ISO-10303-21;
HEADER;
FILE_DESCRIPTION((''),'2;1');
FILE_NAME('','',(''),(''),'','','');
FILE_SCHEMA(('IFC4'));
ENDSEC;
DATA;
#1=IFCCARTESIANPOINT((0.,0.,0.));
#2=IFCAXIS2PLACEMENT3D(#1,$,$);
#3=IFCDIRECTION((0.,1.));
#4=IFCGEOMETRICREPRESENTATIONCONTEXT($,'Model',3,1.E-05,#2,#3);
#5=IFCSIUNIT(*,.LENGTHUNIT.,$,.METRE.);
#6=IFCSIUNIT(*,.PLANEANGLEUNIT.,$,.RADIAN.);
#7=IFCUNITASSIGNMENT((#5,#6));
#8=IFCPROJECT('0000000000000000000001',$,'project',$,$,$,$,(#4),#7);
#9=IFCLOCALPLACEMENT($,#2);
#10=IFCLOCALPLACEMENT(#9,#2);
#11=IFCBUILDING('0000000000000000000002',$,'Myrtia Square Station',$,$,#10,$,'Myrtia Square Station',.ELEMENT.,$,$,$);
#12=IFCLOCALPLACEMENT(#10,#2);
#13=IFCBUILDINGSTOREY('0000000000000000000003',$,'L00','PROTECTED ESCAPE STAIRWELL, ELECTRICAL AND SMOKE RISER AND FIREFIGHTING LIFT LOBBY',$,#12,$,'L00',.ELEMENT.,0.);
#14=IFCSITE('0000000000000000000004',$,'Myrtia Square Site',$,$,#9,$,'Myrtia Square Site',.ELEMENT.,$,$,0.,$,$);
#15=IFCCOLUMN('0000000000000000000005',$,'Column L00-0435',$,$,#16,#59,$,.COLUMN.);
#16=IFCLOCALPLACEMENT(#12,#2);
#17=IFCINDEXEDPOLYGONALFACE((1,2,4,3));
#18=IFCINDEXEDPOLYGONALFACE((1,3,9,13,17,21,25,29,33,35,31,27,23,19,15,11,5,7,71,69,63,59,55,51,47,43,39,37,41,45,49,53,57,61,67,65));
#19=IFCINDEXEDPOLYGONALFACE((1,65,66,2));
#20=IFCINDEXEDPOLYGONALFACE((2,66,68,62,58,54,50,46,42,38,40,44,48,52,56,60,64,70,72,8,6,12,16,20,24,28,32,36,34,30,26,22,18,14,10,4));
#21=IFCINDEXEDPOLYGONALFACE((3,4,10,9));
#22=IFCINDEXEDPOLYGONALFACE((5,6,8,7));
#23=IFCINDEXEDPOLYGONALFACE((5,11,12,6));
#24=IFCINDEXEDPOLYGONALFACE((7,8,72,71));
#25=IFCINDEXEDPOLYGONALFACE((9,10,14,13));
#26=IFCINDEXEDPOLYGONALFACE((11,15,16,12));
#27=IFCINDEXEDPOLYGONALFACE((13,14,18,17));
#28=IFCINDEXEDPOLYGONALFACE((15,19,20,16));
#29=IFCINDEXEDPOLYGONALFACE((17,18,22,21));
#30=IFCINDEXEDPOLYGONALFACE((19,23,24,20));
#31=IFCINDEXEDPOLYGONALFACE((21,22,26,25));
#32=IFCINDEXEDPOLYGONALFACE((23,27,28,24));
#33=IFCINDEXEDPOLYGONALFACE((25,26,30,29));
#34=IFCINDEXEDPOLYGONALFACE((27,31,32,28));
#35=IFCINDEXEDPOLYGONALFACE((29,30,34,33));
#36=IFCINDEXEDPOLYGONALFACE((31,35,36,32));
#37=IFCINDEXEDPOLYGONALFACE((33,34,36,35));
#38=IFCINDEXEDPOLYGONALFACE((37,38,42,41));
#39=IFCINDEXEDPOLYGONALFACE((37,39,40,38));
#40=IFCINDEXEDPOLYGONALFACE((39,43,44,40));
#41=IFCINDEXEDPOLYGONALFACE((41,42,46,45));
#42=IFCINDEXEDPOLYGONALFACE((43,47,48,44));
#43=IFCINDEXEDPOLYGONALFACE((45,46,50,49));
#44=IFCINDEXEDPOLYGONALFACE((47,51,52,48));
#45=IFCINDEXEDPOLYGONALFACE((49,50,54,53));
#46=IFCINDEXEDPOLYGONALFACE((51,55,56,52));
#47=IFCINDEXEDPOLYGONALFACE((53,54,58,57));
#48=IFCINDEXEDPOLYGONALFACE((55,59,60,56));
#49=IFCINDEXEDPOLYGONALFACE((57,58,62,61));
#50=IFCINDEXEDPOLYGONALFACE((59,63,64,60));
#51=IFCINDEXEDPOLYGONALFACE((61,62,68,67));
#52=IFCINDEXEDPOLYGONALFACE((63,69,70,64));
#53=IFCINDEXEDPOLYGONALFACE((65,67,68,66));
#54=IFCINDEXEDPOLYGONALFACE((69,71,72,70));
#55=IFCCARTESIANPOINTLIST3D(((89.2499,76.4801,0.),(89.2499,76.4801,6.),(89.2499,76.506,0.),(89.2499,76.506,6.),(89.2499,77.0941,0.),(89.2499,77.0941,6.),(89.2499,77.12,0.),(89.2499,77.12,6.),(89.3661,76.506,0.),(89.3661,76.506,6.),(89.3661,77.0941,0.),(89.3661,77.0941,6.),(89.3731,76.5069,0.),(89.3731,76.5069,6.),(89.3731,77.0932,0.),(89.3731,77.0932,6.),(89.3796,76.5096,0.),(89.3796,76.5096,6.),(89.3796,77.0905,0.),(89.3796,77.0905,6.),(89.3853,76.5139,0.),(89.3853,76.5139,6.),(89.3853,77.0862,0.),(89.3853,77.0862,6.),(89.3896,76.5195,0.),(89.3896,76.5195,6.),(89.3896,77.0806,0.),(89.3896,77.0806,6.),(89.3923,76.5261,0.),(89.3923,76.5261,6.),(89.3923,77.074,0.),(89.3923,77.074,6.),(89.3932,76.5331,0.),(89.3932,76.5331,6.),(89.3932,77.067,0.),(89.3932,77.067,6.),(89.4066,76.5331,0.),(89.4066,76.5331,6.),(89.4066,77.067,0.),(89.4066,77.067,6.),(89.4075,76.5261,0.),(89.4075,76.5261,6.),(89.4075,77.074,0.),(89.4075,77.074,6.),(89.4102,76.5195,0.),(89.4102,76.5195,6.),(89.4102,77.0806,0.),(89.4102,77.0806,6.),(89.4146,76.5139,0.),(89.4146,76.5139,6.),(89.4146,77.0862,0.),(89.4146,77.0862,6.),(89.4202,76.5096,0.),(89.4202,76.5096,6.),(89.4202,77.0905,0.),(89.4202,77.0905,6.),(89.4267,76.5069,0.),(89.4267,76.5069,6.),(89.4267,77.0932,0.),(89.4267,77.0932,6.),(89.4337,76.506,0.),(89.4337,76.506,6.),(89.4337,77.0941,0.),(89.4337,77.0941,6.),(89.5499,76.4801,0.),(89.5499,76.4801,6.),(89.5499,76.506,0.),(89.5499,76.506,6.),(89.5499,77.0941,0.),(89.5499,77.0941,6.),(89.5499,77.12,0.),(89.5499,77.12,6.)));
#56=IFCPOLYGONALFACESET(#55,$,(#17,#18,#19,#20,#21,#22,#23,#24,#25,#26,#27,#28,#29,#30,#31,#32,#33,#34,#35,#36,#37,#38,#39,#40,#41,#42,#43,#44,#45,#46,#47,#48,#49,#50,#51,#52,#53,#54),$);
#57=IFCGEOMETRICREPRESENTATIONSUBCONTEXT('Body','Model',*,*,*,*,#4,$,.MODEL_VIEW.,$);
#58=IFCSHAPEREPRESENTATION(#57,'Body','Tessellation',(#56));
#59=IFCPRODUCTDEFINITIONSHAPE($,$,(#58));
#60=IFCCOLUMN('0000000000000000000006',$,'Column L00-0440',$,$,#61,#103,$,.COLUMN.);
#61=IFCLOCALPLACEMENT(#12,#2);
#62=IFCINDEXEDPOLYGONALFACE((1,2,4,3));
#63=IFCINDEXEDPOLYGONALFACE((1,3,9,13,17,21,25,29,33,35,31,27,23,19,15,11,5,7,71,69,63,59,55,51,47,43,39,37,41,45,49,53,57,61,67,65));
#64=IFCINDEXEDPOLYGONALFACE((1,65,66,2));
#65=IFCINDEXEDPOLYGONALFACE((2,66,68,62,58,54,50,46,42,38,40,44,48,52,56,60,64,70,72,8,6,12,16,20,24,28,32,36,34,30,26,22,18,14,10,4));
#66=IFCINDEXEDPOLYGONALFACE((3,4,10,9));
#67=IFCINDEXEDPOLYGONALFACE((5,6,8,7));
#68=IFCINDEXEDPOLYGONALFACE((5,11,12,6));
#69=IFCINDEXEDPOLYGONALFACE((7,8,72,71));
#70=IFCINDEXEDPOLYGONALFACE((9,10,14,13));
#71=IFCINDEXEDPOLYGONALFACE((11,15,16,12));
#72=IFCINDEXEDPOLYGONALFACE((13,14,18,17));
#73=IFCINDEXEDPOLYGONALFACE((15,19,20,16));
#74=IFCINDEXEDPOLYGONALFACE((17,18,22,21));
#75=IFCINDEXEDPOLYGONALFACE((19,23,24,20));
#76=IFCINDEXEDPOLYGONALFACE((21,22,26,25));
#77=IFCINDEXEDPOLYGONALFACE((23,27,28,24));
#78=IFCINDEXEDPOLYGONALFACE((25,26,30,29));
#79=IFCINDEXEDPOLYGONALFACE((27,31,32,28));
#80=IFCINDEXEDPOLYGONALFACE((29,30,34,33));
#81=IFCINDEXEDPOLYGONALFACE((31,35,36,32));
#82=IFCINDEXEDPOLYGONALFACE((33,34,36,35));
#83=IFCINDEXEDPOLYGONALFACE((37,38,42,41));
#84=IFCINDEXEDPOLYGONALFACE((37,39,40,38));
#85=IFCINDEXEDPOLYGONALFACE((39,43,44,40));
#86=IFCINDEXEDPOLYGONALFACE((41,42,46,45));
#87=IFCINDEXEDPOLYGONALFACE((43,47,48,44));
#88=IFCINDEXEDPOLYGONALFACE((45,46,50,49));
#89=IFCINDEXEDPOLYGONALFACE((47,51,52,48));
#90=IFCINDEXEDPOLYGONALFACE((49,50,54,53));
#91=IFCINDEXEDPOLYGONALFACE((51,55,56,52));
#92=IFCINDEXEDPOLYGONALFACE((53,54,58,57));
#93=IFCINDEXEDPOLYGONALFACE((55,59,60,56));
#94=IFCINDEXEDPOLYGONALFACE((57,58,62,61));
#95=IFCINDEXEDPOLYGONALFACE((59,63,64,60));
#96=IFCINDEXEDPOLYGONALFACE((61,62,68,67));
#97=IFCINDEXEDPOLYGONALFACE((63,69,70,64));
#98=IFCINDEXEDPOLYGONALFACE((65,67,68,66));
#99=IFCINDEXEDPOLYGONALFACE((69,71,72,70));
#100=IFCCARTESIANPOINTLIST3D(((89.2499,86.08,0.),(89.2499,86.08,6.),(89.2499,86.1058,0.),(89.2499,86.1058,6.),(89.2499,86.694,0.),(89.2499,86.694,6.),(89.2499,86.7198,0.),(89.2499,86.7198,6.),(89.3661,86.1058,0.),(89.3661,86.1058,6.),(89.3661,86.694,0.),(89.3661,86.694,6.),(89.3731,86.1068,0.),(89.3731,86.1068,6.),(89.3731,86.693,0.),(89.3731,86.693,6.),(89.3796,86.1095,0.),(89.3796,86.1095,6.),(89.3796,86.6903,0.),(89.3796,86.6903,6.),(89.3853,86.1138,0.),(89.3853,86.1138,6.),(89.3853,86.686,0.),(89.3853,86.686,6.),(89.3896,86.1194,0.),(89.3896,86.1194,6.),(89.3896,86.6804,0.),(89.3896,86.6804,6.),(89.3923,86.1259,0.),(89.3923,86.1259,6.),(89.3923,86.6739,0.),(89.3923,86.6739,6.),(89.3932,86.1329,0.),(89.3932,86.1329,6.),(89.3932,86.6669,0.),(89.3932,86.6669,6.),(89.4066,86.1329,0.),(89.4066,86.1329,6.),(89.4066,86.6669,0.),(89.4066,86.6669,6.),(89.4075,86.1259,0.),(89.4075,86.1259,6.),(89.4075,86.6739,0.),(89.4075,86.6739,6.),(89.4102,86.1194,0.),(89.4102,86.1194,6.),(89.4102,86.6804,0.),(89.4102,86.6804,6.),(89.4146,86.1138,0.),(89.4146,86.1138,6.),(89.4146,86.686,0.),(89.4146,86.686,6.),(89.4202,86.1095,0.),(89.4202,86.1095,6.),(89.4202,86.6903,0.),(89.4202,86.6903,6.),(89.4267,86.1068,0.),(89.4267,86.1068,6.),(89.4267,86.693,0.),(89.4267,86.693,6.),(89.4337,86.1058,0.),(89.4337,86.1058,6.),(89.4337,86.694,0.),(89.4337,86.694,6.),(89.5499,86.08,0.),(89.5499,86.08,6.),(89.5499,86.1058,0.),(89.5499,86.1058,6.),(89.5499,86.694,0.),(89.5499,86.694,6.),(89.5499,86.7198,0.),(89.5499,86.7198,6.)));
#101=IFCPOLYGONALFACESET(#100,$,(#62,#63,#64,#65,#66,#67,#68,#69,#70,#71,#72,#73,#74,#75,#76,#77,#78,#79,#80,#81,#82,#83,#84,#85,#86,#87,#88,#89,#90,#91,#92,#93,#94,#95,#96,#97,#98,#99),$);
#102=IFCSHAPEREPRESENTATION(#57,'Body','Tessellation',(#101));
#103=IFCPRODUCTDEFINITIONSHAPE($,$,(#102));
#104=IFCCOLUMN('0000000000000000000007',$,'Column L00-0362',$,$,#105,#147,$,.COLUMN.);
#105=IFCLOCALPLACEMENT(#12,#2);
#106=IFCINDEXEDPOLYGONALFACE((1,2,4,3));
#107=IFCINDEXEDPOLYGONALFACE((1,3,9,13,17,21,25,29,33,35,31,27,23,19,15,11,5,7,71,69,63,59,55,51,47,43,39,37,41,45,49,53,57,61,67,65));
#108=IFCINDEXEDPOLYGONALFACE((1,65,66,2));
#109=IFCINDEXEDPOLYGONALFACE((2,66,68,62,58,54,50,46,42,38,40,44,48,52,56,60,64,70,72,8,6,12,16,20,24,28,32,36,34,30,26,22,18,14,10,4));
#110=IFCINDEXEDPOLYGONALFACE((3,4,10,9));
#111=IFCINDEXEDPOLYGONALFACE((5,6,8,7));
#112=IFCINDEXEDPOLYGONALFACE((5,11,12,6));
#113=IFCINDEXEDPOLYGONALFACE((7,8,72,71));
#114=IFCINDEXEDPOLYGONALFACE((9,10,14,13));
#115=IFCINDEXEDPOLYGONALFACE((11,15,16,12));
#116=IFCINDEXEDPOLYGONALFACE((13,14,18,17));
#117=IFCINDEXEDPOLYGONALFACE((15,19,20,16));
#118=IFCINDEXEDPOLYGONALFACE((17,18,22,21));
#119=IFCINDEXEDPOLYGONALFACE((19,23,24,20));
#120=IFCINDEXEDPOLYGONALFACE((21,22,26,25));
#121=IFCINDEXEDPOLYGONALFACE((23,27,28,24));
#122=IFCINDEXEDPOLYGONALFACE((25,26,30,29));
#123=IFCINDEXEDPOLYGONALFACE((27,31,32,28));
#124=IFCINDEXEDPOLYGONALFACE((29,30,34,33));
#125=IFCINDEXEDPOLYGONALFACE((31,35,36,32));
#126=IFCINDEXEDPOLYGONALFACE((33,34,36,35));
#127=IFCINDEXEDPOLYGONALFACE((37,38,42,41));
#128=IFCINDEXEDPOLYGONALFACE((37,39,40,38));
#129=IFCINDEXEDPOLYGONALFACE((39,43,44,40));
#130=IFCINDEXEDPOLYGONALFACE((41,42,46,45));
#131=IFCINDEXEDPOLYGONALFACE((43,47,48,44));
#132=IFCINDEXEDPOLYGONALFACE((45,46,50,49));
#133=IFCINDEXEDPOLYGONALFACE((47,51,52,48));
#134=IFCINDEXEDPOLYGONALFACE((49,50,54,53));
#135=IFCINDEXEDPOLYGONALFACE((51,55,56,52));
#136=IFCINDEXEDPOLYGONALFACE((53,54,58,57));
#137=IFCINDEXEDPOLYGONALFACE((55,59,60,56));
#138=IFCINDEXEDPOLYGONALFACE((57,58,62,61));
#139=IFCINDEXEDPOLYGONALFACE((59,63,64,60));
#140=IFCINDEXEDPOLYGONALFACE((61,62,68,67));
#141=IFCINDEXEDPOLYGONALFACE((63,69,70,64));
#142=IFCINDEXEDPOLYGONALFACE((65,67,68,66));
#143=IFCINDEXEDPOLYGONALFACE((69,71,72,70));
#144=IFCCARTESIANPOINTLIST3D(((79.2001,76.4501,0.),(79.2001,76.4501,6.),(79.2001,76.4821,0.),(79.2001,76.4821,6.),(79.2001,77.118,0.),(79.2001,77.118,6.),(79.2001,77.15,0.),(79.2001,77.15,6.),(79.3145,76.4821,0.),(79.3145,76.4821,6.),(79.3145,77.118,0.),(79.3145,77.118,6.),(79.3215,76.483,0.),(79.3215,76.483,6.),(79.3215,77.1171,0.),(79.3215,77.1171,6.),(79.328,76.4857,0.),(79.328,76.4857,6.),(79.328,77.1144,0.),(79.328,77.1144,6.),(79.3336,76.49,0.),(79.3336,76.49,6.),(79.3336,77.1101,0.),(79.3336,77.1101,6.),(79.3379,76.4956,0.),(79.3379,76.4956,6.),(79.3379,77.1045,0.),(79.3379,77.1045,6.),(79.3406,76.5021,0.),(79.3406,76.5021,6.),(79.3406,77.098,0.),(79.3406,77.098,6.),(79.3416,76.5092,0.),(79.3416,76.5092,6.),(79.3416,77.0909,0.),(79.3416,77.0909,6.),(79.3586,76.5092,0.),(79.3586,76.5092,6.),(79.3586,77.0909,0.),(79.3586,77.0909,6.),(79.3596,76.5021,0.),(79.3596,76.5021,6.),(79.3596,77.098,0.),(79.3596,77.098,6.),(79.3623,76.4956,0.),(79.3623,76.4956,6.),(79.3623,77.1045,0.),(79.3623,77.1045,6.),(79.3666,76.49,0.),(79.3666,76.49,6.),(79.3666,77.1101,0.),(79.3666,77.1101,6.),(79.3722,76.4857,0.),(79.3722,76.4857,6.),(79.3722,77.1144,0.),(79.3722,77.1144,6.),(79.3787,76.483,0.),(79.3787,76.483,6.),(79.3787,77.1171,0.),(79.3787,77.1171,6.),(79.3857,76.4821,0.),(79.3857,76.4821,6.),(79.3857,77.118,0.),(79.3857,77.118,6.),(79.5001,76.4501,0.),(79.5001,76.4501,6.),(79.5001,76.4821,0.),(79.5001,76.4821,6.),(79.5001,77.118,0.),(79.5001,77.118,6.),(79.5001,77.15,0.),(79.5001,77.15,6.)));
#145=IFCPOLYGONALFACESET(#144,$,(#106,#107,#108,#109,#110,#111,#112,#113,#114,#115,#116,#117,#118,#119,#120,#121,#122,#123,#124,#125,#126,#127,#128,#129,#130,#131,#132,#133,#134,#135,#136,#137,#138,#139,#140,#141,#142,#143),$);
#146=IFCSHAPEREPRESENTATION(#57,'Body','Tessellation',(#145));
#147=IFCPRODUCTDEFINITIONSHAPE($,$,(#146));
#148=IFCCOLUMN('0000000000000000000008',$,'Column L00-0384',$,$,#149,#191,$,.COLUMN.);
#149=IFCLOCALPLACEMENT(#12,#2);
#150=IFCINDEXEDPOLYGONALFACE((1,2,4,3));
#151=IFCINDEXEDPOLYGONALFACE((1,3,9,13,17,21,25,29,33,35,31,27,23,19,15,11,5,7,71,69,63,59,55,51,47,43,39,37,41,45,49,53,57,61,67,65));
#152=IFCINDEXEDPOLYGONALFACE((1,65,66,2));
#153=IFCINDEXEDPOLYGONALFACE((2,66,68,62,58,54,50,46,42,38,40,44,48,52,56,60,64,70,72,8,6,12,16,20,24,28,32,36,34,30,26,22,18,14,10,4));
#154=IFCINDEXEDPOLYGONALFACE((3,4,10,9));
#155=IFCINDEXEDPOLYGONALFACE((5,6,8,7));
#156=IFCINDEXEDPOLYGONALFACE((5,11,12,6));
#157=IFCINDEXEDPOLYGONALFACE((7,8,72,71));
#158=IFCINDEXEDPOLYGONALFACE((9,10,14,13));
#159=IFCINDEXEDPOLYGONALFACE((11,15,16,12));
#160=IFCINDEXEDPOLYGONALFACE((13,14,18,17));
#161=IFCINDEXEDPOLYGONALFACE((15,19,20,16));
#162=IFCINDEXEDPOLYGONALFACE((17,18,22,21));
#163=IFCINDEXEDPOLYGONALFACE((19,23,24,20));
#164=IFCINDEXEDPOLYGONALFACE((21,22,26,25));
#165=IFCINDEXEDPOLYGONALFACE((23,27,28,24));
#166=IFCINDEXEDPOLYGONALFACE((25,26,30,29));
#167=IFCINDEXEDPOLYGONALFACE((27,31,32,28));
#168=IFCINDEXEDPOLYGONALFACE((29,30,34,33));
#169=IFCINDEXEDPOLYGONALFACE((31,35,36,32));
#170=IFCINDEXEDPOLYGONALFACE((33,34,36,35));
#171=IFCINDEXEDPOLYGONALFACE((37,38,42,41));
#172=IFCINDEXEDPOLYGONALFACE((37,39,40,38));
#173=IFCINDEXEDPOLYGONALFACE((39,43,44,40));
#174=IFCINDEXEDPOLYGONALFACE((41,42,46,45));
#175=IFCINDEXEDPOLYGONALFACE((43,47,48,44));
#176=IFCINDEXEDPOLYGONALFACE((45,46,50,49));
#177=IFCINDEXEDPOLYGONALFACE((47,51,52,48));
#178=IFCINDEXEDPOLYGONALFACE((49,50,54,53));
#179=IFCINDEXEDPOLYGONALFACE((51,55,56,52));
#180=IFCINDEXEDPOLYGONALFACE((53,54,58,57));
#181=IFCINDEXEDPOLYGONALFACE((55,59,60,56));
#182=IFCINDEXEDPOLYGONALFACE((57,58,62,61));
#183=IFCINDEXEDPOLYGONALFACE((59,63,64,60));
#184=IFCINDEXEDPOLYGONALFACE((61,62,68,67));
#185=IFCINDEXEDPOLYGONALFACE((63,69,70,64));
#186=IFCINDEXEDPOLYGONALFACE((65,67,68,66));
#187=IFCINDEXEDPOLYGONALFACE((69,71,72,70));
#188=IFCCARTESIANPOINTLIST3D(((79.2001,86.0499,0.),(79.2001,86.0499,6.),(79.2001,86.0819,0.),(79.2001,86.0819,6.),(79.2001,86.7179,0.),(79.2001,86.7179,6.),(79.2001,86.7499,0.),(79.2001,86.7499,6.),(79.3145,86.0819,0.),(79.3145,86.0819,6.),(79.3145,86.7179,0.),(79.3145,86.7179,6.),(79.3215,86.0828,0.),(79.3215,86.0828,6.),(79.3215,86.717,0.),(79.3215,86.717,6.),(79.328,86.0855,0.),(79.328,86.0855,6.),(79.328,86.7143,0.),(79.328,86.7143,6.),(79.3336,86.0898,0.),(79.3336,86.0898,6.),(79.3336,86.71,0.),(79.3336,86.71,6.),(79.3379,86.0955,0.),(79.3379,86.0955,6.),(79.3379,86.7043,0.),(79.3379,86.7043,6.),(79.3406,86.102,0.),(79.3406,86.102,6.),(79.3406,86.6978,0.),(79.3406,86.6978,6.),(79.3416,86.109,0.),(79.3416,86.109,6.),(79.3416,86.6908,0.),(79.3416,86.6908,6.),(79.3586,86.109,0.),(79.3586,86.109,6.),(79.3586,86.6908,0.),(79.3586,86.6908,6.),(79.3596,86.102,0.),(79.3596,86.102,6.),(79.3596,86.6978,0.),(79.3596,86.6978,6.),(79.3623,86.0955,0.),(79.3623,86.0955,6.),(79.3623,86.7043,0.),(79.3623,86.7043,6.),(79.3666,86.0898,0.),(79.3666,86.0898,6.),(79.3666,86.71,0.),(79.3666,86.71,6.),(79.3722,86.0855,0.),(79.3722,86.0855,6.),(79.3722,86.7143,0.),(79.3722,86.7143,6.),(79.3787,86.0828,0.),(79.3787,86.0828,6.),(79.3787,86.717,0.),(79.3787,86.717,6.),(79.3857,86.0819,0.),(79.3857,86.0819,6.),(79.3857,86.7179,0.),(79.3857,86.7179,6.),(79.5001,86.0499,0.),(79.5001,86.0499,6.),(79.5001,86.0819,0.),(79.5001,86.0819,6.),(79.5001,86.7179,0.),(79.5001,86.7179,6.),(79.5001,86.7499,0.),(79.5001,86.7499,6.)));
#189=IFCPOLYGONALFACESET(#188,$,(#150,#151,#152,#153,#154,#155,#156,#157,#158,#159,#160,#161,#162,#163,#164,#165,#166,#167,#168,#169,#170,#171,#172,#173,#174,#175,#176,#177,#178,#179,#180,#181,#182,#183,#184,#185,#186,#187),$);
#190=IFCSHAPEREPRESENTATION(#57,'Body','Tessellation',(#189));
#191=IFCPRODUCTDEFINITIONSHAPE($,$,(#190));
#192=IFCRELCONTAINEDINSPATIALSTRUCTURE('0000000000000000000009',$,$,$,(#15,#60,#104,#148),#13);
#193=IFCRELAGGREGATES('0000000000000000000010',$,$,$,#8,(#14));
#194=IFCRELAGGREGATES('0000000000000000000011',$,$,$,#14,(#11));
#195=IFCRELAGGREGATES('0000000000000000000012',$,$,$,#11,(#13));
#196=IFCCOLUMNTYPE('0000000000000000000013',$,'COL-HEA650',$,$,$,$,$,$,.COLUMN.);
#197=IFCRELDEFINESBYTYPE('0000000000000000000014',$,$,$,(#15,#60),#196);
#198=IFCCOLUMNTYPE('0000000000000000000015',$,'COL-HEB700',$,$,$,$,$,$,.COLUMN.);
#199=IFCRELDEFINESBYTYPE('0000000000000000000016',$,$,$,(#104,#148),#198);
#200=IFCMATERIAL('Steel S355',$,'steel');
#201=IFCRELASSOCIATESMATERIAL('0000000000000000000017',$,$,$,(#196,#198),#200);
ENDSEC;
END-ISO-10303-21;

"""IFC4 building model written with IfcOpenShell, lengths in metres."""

from ifc_helpers import new_model, si_unit, direction, frame, origin, origin_2d, place, context, subcontext, project, spatial, i_section, extrude, material, material_profile, profile_set, type_object, element, save


model = new_model("IFC4")

# Units and contexts
model_context = context("Model", 3, precision=1e-05, world=origin(), true_north=direction((0.0, 1.0)))
body_context = subcontext(model_context, "Body", "Model", "MODEL_VIEW")
ifc_project = project(units=[si_unit("LENGTHUNIT", "METRE"), si_unit("PLANEANGLEUNIT", "RADIAN")], contexts=[model_context])

# Site, building, storey
site_placement = place(None, origin())
site = spatial("IfcSite", under=ifc_project, at=site_placement, Name="Myrtia Square Site", LongName="Myrtia Square Site", CompositionType="ELEMENT", RefElevation=0.0)
building_placement = place(site_placement, origin())
building = spatial("IfcBuilding", under=site, at=building_placement, Name="Myrtia Square Station", LongName="Myrtia Square Station", CompositionType="ELEMENT")
storey_placement = place(building_placement, origin())
storey = spatial("IfcBuildingStorey", under=building, at=storey_placement, Name="L00", Description="PROTECTED ESCAPE STAIRWELL, ELECTRICAL AND SMOKE RISER AND FIREFIGHTING LIFT LOBBY", LongName="L00", CompositionType="ELEMENT", Elevation=0.0)

# Columns
ifc_material_1 = material(Name="Steel S355", Category="steel")
ifc_material_profile_1 = material_profile(ifc_material_1, i_section(OverallWidth=0.3, OverallDepth=0.6399, WebThickness=0.0134, FlangeThickness=0.0259, FilletRadius=0.0271, at=origin_2d()), Name="HEA 650")
ifc_profile_set_1 = profile_set([ifc_material_profile_1], Name="Steel S355")
column_type_1 = type_object("IfcColumnType", Name="COL-HEA650", PredefinedType="COLUMN", material=ifc_profile_set_1)
for number, where, z_axis, x_axis, name in (
    (1, (89.3999, 76.8, 0.0), (0.0, 0.0, 1.0), (1.0, 0.0, 0.0), "Column L00-0435"),
    (2, (89.3999, 86.3999, 0.0), (0.0, 0.0, 1.0), (1.0, 0.0, 0.0), "Column L00-0440"),
):
    element("IfcColumn", number, at=place(storey_placement, frame(where, z_axis=z_axis, x_axis=x_axis)), inside=storey, type_object=column_type_1, Name=name, PredefinedType="COLUMN", context=body_context, shape_type="SweptSolid", body=[
        extrude(i_section(OverallWidth=0.3, OverallDepth=0.6399, WebThickness=0.0134, FlangeThickness=0.0259, FilletRadius=0.0271, at=origin_2d()), origin(), (0.0, 0.0, 1.0), 6.0),
    ])
ifc_material_profile_2 = material_profile(ifc_material_1, i_section(OverallWidth=0.3, OverallDepth=0.7, WebThickness=0.0171, FlangeThickness=0.032, FilletRadius=0.0271, at=origin_2d()), Name="HEB 700")
ifc_profile_set_2 = profile_set([ifc_material_profile_2], Name="Steel S355")
column_type_2 = type_object("IfcColumnType", Name="COL-HEB700", PredefinedType="COLUMN", material=ifc_profile_set_2)
for number, where, z_axis, x_axis, name in (
    (3, (79.3501, 76.8, 0.0), (0.0, 0.0, 1.0), (1.0, 0.0, 0.0), "Column L00-0362"),
    (4, (79.3501, 86.3999, 0.0), (0.0, 0.0, 1.0), (1.0, 0.0, 0.0), "Column L00-0384"),
):
    element("IfcColumn", number, at=place(storey_placement, frame(where, z_axis=z_axis, x_axis=x_axis)), inside=storey, type_object=column_type_2, Name=name, PredefinedType="COLUMN", context=body_context, shape_type="SweptSolid", body=[
        extrude(i_section(OverallWidth=0.3, OverallDepth=0.7, WebThickness=0.0171, FlangeThickness=0.032, FilletRadius=0.0271, at=origin_2d()), origin(), (0.0, 0.0, 1.0), 6.0),
    ])

save(model, "model.ifc")
